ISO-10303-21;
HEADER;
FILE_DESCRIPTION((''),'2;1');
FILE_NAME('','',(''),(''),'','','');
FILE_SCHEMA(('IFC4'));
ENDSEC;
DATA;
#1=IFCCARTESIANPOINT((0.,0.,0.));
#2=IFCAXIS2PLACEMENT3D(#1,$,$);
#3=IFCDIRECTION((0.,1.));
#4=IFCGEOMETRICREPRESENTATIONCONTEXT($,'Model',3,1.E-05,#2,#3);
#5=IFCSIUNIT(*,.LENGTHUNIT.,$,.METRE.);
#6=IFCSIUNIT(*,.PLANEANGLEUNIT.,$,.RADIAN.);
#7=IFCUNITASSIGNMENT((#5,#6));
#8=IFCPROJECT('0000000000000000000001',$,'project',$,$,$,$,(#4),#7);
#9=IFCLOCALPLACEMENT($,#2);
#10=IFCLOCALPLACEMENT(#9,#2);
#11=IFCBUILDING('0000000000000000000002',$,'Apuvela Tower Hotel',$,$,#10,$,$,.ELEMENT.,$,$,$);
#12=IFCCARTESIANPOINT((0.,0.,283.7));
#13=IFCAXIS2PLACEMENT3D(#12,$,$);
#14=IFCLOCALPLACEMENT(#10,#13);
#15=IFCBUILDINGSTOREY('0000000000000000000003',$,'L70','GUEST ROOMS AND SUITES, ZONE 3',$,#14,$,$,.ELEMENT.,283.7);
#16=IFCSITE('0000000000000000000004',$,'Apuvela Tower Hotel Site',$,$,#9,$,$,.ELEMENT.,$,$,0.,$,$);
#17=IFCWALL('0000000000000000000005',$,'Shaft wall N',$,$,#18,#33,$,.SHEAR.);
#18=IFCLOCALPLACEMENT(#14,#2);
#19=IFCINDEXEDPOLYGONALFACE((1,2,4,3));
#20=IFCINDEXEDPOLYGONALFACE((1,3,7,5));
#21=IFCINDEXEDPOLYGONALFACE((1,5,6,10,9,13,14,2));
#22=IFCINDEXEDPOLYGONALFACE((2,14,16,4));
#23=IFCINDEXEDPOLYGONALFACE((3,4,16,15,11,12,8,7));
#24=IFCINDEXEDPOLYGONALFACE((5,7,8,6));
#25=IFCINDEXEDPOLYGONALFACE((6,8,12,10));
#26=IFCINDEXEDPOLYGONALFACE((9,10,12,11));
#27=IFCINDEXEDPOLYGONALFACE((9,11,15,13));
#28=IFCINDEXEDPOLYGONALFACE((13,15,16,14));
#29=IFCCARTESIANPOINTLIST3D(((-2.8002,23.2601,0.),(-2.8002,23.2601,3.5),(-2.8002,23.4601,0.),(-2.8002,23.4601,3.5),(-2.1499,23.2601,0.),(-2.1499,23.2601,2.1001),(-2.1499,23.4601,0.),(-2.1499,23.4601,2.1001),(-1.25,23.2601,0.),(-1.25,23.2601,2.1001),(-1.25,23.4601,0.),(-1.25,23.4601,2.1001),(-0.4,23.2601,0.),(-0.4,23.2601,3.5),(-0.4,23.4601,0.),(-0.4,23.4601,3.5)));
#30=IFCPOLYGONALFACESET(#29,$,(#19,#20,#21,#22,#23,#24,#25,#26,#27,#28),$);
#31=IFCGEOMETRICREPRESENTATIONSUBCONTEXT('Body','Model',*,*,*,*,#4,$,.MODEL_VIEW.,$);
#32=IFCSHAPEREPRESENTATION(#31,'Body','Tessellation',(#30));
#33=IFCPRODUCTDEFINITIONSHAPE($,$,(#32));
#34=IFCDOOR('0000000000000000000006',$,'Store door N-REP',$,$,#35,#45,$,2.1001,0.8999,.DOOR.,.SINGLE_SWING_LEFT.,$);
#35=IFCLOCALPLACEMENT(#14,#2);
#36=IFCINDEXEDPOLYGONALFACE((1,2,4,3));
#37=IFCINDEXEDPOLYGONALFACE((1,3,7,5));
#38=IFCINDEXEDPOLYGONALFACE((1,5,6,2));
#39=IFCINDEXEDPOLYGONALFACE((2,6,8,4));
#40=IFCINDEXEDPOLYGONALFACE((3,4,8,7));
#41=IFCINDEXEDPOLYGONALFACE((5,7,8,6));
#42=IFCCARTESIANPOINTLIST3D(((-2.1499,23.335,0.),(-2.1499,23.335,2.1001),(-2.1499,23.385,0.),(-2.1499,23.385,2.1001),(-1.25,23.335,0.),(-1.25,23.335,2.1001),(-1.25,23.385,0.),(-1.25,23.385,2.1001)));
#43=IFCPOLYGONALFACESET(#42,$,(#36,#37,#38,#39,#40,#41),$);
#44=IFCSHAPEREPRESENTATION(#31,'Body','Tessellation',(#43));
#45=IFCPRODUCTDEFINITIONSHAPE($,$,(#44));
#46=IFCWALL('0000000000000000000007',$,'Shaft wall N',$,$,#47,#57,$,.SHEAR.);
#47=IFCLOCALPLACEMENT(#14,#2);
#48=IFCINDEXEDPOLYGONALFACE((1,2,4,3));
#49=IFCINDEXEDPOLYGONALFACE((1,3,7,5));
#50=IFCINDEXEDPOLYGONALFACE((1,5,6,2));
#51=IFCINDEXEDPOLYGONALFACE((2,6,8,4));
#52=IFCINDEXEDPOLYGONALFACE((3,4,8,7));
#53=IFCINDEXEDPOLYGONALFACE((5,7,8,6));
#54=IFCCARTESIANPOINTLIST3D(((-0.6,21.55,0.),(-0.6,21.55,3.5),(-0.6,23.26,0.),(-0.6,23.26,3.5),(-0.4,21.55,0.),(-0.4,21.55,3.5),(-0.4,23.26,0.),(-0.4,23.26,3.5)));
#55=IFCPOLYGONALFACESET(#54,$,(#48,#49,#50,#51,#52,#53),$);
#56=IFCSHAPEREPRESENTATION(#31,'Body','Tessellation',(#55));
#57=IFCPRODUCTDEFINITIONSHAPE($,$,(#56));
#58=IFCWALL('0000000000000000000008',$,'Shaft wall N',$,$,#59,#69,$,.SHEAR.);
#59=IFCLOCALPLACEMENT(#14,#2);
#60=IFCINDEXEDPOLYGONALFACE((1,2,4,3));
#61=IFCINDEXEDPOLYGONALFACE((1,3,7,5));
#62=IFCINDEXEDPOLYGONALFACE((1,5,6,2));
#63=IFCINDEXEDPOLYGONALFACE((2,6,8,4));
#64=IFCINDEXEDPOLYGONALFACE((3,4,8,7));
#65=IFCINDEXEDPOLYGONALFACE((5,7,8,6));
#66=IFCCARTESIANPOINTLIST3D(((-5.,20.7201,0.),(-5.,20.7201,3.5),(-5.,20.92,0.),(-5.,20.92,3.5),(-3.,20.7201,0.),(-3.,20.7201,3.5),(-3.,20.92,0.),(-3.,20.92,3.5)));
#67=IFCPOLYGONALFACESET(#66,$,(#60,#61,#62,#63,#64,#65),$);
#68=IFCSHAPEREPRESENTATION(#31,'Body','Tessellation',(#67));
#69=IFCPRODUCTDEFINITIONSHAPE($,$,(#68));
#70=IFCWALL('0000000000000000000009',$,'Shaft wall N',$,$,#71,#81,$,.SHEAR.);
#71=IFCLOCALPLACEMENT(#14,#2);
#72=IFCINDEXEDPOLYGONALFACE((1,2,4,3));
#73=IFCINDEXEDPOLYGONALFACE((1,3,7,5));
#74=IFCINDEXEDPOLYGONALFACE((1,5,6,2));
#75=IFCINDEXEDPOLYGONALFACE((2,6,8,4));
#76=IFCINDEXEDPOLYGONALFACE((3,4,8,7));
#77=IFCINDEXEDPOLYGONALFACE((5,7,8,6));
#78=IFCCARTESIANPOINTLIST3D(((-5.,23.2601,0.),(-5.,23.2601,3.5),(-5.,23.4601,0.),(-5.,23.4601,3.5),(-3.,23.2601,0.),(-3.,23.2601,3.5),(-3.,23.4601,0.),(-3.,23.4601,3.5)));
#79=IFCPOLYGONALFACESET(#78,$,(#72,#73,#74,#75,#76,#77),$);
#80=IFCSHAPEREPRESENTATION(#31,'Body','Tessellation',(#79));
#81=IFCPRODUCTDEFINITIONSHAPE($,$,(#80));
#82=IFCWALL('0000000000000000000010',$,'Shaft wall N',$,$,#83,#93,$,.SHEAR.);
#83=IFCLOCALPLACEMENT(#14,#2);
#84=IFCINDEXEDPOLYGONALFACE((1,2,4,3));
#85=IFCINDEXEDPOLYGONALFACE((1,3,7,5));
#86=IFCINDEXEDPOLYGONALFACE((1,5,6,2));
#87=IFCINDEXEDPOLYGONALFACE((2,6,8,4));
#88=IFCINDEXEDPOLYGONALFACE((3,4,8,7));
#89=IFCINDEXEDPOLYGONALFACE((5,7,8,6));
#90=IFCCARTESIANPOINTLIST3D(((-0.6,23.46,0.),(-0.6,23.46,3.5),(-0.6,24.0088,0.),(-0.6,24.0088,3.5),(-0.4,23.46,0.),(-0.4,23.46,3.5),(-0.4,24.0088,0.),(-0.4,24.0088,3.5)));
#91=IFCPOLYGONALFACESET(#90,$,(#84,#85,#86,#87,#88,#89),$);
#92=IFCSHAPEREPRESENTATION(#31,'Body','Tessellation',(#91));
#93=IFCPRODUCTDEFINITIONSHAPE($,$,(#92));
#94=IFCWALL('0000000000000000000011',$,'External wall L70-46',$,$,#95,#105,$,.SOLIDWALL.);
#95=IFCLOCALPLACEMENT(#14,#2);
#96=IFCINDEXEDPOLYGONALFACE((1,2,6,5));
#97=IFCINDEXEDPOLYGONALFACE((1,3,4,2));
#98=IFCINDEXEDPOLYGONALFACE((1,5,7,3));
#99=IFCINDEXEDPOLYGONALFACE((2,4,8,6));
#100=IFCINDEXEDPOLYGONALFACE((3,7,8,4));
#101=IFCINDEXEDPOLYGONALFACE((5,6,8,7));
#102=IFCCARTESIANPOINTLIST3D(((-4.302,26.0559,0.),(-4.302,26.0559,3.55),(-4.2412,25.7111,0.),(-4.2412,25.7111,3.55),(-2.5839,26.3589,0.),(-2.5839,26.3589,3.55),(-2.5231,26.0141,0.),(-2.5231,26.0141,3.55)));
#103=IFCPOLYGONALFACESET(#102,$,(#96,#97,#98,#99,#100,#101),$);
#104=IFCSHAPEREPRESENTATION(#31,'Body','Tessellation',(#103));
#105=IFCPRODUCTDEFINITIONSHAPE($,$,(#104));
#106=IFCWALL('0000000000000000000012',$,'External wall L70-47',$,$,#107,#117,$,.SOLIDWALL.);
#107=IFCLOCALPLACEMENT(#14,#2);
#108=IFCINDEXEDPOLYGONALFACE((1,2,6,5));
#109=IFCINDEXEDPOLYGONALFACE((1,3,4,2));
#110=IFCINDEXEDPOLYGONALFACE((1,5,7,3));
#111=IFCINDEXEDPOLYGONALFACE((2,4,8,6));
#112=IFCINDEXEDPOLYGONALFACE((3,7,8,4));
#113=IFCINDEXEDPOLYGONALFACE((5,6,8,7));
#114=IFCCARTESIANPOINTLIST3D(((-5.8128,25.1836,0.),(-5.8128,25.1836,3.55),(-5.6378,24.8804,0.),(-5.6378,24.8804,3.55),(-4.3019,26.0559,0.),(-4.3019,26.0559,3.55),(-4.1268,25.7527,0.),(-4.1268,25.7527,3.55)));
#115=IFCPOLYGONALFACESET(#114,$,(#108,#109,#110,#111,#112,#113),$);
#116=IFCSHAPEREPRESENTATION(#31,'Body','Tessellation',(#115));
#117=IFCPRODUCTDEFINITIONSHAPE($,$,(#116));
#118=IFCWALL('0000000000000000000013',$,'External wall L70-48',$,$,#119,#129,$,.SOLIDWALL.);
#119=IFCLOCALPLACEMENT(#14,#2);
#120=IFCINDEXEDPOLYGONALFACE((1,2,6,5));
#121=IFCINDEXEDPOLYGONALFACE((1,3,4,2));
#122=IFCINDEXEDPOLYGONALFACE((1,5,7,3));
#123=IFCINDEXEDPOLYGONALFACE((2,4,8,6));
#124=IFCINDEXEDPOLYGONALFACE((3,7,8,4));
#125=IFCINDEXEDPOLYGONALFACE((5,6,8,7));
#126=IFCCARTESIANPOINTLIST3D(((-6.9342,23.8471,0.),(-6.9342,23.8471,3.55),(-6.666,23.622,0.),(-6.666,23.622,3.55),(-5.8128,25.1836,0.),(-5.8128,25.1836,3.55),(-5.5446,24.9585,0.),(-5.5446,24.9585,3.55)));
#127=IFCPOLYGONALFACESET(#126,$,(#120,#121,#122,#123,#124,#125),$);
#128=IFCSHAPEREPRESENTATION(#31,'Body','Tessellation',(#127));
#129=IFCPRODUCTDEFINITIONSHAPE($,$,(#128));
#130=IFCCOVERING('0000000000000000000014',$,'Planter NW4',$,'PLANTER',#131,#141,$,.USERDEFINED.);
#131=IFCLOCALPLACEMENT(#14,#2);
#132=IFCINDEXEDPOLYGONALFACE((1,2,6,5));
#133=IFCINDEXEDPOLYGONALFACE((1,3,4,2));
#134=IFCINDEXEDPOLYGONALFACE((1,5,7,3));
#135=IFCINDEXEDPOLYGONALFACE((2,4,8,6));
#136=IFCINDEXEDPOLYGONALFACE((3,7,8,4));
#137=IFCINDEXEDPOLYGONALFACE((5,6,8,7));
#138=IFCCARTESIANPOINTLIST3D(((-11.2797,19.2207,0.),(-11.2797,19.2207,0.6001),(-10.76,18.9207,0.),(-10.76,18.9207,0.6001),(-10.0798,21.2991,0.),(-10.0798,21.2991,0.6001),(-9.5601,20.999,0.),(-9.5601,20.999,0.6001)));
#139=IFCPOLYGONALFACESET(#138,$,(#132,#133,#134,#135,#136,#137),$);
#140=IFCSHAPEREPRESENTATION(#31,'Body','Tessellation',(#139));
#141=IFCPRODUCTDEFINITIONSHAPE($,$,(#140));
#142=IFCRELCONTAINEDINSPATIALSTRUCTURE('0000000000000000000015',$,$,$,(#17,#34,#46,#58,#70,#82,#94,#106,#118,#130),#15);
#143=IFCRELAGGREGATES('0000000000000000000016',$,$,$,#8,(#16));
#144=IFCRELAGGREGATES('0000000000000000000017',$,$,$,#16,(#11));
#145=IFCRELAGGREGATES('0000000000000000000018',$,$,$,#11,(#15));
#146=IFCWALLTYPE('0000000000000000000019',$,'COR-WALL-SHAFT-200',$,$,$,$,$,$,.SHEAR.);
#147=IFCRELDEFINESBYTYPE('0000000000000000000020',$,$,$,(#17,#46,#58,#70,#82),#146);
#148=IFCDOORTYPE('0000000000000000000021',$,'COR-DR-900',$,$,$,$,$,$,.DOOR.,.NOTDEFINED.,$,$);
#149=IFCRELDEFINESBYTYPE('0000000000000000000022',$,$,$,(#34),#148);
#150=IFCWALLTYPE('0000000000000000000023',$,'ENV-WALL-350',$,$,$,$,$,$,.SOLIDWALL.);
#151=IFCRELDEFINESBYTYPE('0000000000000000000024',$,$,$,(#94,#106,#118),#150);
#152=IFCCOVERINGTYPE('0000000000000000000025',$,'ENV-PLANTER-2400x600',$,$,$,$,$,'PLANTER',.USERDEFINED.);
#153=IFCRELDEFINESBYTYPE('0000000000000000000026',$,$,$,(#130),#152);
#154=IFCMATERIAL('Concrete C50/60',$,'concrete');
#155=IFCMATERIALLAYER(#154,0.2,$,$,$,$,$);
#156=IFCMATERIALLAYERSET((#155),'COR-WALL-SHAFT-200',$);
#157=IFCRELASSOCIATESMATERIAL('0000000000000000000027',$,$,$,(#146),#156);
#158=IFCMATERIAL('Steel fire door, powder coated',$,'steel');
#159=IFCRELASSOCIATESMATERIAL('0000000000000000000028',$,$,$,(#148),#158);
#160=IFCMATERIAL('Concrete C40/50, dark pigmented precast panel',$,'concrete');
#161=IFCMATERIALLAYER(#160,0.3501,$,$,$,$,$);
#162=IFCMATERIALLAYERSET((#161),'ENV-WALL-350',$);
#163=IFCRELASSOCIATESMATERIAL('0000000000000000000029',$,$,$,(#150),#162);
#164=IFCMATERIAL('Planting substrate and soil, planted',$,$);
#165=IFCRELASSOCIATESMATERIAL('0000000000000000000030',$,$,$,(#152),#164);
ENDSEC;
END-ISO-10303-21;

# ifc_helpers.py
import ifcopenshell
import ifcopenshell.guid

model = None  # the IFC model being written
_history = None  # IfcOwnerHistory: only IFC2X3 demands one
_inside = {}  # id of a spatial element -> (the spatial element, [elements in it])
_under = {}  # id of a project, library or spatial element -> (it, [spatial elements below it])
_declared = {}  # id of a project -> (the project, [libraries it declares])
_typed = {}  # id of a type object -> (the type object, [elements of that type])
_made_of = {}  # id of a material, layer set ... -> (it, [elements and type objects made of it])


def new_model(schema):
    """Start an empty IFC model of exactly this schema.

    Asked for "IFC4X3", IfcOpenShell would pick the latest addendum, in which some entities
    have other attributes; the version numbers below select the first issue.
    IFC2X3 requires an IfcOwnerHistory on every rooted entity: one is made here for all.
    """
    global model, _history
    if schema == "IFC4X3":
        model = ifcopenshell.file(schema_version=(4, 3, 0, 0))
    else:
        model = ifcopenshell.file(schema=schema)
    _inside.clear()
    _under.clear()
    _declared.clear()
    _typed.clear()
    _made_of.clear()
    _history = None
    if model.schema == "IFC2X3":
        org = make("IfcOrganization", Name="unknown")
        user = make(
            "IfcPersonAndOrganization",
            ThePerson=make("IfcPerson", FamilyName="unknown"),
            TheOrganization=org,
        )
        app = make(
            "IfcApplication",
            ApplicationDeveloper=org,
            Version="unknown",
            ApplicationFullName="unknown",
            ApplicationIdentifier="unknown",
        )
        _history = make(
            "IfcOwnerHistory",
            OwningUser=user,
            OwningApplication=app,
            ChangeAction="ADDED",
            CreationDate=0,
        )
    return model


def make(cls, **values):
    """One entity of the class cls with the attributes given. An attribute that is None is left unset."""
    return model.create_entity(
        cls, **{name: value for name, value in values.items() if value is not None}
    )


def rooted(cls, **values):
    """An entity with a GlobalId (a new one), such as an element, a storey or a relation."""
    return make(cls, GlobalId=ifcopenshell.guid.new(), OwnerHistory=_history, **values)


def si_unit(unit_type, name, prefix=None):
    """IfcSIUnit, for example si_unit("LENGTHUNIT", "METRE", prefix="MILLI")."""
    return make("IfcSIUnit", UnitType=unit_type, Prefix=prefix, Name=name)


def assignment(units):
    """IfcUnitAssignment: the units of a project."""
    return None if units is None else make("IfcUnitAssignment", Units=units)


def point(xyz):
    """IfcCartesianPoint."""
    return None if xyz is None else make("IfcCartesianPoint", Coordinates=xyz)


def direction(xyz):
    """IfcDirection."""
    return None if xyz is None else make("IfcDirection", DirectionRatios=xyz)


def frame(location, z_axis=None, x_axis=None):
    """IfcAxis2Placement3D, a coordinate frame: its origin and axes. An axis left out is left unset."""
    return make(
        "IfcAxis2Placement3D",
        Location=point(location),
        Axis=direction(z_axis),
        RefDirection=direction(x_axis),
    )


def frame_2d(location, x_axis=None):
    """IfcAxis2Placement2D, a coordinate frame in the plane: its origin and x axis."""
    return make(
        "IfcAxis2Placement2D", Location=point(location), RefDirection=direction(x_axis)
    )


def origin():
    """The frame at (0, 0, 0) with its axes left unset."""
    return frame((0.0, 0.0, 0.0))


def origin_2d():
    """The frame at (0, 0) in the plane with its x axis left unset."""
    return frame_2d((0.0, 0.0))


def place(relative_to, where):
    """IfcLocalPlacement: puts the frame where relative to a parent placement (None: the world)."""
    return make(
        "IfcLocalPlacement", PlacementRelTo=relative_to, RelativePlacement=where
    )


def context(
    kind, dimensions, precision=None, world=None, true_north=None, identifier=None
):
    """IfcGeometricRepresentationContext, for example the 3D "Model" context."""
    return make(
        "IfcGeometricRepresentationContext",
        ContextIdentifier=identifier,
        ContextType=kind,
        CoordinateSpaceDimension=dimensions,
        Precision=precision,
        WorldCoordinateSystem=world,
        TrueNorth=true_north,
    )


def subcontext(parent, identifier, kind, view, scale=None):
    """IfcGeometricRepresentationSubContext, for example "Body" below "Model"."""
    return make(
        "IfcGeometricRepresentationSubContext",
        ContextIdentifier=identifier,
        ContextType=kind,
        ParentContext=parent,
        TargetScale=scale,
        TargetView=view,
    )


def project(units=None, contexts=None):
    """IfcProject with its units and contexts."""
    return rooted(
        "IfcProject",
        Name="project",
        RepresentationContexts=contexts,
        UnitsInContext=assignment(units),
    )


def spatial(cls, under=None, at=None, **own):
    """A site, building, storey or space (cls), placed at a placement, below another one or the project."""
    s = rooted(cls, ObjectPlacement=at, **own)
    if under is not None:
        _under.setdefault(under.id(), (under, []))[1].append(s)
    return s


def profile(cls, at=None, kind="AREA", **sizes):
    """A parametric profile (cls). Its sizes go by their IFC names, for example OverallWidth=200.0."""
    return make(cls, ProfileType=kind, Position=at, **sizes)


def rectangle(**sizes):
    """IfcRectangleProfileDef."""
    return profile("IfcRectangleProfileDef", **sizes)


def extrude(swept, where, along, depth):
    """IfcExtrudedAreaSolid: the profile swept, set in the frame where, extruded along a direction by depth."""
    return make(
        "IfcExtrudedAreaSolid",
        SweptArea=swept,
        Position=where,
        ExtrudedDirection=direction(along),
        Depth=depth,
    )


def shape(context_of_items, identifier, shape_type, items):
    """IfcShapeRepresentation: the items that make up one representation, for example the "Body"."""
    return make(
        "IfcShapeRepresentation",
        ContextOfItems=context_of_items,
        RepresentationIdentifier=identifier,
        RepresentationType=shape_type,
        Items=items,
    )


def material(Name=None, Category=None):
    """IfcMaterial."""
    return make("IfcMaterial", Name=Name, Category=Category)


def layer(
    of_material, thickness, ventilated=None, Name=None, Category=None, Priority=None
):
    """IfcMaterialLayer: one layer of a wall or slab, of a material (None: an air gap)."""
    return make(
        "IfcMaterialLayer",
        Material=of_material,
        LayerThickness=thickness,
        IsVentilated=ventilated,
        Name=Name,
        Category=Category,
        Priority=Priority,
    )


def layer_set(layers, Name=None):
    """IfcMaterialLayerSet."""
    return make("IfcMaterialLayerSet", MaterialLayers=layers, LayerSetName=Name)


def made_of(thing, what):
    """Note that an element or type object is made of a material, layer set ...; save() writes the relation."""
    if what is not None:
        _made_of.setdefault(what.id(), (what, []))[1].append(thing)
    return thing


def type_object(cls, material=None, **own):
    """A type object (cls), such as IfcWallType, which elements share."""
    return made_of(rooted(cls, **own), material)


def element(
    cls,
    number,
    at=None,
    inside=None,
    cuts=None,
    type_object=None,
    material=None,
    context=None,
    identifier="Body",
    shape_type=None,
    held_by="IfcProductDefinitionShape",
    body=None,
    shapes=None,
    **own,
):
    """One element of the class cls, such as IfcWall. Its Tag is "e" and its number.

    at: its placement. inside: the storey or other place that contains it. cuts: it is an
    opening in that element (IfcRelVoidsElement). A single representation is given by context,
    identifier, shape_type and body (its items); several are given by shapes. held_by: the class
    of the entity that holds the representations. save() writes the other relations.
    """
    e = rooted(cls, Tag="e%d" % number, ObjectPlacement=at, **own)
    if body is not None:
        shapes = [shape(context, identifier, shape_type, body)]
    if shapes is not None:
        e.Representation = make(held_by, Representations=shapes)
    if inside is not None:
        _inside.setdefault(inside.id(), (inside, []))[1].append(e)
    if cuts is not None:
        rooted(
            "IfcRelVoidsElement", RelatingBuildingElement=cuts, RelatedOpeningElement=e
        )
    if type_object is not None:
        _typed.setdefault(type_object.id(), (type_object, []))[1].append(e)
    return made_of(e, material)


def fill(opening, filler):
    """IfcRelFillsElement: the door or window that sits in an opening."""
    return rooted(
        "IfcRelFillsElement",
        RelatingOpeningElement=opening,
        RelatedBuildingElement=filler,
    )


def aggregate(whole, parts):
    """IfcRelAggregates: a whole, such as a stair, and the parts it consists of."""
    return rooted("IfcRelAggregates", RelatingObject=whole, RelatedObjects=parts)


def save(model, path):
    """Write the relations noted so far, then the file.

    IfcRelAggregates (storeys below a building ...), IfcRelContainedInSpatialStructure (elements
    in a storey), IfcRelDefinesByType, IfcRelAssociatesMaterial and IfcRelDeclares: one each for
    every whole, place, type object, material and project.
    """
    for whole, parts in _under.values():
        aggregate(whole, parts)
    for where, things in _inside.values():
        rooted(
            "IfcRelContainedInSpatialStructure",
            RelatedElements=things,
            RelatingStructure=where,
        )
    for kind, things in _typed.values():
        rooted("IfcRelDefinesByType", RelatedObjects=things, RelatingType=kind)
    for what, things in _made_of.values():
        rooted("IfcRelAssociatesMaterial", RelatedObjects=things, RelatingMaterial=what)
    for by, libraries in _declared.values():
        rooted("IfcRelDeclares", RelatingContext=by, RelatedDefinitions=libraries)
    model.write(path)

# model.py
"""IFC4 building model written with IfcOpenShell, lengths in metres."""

from ifc_helpers import new_model, si_unit, direction, frame, frame_2d, origin, origin_2d, place, context, subcontext, project, spatial, rectangle, extrude, material, layer, layer_set, type_object, element, fill, save


model = new_model("IFC4")

# Units and contexts
model_context = context("Model", 3, precision=1e-05, world=origin(), true_north=direction((0.0, 1.0)))
body_context = subcontext(model_context, "Body", "Model", "MODEL_VIEW")
ifc_project = project(units=[si_unit("LENGTHUNIT", "METRE"), si_unit("PLANEANGLEUNIT", "RADIAN")], contexts=[model_context])

# Site, building, storey
site_placement = place(None, origin())
site = spatial("IfcSite", under=ifc_project, at=site_placement, Name="Apuvela Tower Hotel Site", CompositionType="ELEMENT", RefElevation=0.0)
building_placement = place(site_placement, origin())
building = spatial("IfcBuilding", under=site, at=building_placement, Name="Apuvela Tower Hotel", CompositionType="ELEMENT")
storey_placement = place(building_placement, frame((0.0, 0.0, 283.7)))
storey = spatial("IfcBuildingStorey", under=building, at=storey_placement, Name="L70", Description="GUEST ROOMS AND SUITES, ZONE 3", CompositionType="ELEMENT", Elevation=283.7)

# Wall, opening, door
ifc_material_1 = material(Name="Concrete C50/60", Category="concrete")
ifc_layer_1 = layer(ifc_material_1, 0.2)
ifc_layer_set_1 = layer_set([ifc_layer_1], Name="COR-WALL-SHAFT-200")
wall_type_1 = type_object("IfcWallType", Name="COR-WALL-SHAFT-200", PredefinedType="SHEAR", material=ifc_layer_set_1)
wall_1_placement = place(storey_placement, frame((-0.3999, 23.3601, 0.0), z_axis=(0.0, 0.0, 1.0), x_axis=(-1.0, 0.0, 0.0)))
wall_1 = element("IfcWall", 1, at=wall_1_placement, inside=storey, type_object=wall_type_1, Name="Shaft wall N", PredefinedType="SHEAR", context=body_context, shape_type="SweptSolid", body=[
    extrude(rectangle(XDim=2.4001, YDim=0.2, at=frame_2d((1.2002, 0.0))), origin(), (0.0, 0.0, 1.0), 3.5),
])
opening_1_placement = place(wall_1_placement, frame((0.8501, 0.0, 0.0)))
opening_1 = element("IfcOpeningElement", 2, at=opening_1_placement, cuts=wall_1, PredefinedType="OPENING", context=body_context, shape_type="SweptSolid", body=[
    extrude(rectangle(XDim=0.8999, YDim=2.1001, at=frame_2d((0.45, 1.05))), frame((0.0, 0.1099, 0.0), z_axis=(0.0, -1.0, 0.0), x_axis=(1.0, 0.0, 0.0)), (0.0, 0.0, 1.0), 0.22),
])
ifc_material_2 = material(Name="Steel fire door, powder coated", Category="steel")
door_type_1 = type_object("IfcDoorType", Name="COR-DR-900", OperationType="NOTDEFINED", PredefinedType="DOOR", material=ifc_material_2)
door_1_placement = place(opening_1_placement, frame((0.8999, 0.0, 0.0), z_axis=(0.0, 0.0, 1.0), x_axis=(-1.0, 0.0, 0.0)))
door_1 = element("IfcDoor", 3, at=door_1_placement, inside=storey, type_object=door_type_1, Name="Store door N-REP", OperationType="SINGLE_SWING_LEFT", OverallHeight=2.1001, OverallWidth=0.8999, PredefinedType="DOOR", context=body_context, shape_type="SweptSolid", body=[
    extrude(rectangle(XDim=0.8999, YDim=2.1001, at=frame_2d((0.45, 1.05))), frame((0.0, 0.0249, 0.0), z_axis=(0.0, -1.0, 0.0), x_axis=(1.0, 0.0, 0.0)), (0.0, 0.0, 1.0), 0.05),
])
fill(opening_1, door_1)

# Walls
wall_2_placement = place(storey_placement, frame((-0.5, 21.55, 0.0), z_axis=(0.0, 0.0, 1.0), x_axis=(0.0, 1.0, 0.0)))
element("IfcWall", 4, at=wall_2_placement, inside=storey, type_object=wall_type_1, Name="Shaft wall N", PredefinedType="SHEAR", context=body_context, shape_type="SweptSolid", body=[
    extrude(rectangle(XDim=1.71, YDim=0.2, at=frame_2d((0.855, 0.0))), origin(), (0.0, 0.0, 1.0), 3.5),
])
for number, where, z_axis, x_axis, name in (
    (5, (-3.0, 20.8201, 0.0), (0.0, 0.0, 1.0), (-1.0, 0.0, 0.0), "Shaft wall N"),
    (6, (-3.0, 23.3601, 0.0), (0.0, 0.0, 1.0), (-1.0, 0.0, 0.0), "Shaft wall N"),
):
    element("IfcWall", number, at=place(storey_placement, frame(where, z_axis=z_axis, x_axis=x_axis)), inside=storey, type_object=wall_type_1, Name=name, PredefinedType="SHEAR", context=body_context, shape_type="SweptSolid", body=[
        extrude(rectangle(XDim=2.0, YDim=0.2, at=frame_2d((1.0, 0.0))), origin(), (0.0, 0.0, 1.0), 3.5),
    ])
wall_3_placement = place(storey_placement, frame((-0.5, 23.46, 0.0), z_axis=(0.0, 0.0, 1.0), x_axis=(0.0, 1.0, 0.0)))
element("IfcWall", 7, at=wall_3_placement, inside=storey, type_object=wall_type_1, Name="Shaft wall N", PredefinedType="SHEAR", context=body_context, shape_type="SweptSolid", body=[
    extrude(rectangle(XDim=0.5488, YDim=0.2, at=frame_2d((0.2744, 0.0))), origin(), (0.0, 0.0, 1.0), 3.5),
])

# Shared definitions
ifc_material_3 = material(Name="Concrete C40/50, dark pigmented precast panel", Category="concrete")
ifc_layer_2 = layer(ifc_material_3, 0.3501)
ifc_layer_set_2 = layer_set([ifc_layer_2], Name="ENV-WALL-350")
wall_type_2 = type_object("IfcWallType", Name="ENV-WALL-350", PredefinedType="SOLIDWALL", material=ifc_layer_set_2)

# Walls
for number, where, z_axis, x_axis, name in (
    (8, (-2.5535, 26.1865, 0.0), (0.0, 0.0, 1.0), (-0.984803, -0.173674, 0.0), "External wall L70-46"),
    (9, (-4.2144, 25.9043, 0.0), (0.0, 0.0, 1.0), (-0.866039, -0.499977, 0.0), "External wall L70-47"),
    (10, (-5.6787, 25.071, 0.0), (0.0, 0.0, 1.0), (-0.642769, -0.76606, 0.0), "External wall L70-48"),
):
    element("IfcWall", number, at=place(storey_placement, frame(where, z_axis=z_axis, x_axis=x_axis)), inside=storey, type_object=wall_type_2, Name=name, PredefinedType="SOLIDWALL", context=body_context, shape_type="SweptSolid", body=[
        extrude(rectangle(XDim=1.7446, YDim=0.3501, at=frame_2d((0.8723, 0.0))), origin(), (0.0, 0.0, 1.0), 3.55),
    ])

# Covering
ifc_material_4 = material(Name="Planting substrate and soil, planted")
covering_type = type_object("IfcCoveringType", Name="ENV-PLANTER-2400x600", ElementType="PLANTER", PredefinedType="USERDEFINED", material=ifc_material_4)
covering_placement = place(storey_placement, frame((-10.4199, 20.1099, 0.0), z_axis=(0.0, 0.0, 1.0), x_axis=(-0.5, -0.866025, 0.0)))
element("IfcCovering", 11, at=covering_placement, inside=storey, type_object=covering_type, Name="Planter NW4", ObjectType="PLANTER", PredefinedType="USERDEFINED", context=body_context, shape_type="SweptSolid", body=[
    extrude(rectangle(XDim=2.3999, YDim=0.6001, at=origin_2d()), origin(), (0.0, 0.0, 1.0), 0.6001),
])

save(model, "model.ifc")
